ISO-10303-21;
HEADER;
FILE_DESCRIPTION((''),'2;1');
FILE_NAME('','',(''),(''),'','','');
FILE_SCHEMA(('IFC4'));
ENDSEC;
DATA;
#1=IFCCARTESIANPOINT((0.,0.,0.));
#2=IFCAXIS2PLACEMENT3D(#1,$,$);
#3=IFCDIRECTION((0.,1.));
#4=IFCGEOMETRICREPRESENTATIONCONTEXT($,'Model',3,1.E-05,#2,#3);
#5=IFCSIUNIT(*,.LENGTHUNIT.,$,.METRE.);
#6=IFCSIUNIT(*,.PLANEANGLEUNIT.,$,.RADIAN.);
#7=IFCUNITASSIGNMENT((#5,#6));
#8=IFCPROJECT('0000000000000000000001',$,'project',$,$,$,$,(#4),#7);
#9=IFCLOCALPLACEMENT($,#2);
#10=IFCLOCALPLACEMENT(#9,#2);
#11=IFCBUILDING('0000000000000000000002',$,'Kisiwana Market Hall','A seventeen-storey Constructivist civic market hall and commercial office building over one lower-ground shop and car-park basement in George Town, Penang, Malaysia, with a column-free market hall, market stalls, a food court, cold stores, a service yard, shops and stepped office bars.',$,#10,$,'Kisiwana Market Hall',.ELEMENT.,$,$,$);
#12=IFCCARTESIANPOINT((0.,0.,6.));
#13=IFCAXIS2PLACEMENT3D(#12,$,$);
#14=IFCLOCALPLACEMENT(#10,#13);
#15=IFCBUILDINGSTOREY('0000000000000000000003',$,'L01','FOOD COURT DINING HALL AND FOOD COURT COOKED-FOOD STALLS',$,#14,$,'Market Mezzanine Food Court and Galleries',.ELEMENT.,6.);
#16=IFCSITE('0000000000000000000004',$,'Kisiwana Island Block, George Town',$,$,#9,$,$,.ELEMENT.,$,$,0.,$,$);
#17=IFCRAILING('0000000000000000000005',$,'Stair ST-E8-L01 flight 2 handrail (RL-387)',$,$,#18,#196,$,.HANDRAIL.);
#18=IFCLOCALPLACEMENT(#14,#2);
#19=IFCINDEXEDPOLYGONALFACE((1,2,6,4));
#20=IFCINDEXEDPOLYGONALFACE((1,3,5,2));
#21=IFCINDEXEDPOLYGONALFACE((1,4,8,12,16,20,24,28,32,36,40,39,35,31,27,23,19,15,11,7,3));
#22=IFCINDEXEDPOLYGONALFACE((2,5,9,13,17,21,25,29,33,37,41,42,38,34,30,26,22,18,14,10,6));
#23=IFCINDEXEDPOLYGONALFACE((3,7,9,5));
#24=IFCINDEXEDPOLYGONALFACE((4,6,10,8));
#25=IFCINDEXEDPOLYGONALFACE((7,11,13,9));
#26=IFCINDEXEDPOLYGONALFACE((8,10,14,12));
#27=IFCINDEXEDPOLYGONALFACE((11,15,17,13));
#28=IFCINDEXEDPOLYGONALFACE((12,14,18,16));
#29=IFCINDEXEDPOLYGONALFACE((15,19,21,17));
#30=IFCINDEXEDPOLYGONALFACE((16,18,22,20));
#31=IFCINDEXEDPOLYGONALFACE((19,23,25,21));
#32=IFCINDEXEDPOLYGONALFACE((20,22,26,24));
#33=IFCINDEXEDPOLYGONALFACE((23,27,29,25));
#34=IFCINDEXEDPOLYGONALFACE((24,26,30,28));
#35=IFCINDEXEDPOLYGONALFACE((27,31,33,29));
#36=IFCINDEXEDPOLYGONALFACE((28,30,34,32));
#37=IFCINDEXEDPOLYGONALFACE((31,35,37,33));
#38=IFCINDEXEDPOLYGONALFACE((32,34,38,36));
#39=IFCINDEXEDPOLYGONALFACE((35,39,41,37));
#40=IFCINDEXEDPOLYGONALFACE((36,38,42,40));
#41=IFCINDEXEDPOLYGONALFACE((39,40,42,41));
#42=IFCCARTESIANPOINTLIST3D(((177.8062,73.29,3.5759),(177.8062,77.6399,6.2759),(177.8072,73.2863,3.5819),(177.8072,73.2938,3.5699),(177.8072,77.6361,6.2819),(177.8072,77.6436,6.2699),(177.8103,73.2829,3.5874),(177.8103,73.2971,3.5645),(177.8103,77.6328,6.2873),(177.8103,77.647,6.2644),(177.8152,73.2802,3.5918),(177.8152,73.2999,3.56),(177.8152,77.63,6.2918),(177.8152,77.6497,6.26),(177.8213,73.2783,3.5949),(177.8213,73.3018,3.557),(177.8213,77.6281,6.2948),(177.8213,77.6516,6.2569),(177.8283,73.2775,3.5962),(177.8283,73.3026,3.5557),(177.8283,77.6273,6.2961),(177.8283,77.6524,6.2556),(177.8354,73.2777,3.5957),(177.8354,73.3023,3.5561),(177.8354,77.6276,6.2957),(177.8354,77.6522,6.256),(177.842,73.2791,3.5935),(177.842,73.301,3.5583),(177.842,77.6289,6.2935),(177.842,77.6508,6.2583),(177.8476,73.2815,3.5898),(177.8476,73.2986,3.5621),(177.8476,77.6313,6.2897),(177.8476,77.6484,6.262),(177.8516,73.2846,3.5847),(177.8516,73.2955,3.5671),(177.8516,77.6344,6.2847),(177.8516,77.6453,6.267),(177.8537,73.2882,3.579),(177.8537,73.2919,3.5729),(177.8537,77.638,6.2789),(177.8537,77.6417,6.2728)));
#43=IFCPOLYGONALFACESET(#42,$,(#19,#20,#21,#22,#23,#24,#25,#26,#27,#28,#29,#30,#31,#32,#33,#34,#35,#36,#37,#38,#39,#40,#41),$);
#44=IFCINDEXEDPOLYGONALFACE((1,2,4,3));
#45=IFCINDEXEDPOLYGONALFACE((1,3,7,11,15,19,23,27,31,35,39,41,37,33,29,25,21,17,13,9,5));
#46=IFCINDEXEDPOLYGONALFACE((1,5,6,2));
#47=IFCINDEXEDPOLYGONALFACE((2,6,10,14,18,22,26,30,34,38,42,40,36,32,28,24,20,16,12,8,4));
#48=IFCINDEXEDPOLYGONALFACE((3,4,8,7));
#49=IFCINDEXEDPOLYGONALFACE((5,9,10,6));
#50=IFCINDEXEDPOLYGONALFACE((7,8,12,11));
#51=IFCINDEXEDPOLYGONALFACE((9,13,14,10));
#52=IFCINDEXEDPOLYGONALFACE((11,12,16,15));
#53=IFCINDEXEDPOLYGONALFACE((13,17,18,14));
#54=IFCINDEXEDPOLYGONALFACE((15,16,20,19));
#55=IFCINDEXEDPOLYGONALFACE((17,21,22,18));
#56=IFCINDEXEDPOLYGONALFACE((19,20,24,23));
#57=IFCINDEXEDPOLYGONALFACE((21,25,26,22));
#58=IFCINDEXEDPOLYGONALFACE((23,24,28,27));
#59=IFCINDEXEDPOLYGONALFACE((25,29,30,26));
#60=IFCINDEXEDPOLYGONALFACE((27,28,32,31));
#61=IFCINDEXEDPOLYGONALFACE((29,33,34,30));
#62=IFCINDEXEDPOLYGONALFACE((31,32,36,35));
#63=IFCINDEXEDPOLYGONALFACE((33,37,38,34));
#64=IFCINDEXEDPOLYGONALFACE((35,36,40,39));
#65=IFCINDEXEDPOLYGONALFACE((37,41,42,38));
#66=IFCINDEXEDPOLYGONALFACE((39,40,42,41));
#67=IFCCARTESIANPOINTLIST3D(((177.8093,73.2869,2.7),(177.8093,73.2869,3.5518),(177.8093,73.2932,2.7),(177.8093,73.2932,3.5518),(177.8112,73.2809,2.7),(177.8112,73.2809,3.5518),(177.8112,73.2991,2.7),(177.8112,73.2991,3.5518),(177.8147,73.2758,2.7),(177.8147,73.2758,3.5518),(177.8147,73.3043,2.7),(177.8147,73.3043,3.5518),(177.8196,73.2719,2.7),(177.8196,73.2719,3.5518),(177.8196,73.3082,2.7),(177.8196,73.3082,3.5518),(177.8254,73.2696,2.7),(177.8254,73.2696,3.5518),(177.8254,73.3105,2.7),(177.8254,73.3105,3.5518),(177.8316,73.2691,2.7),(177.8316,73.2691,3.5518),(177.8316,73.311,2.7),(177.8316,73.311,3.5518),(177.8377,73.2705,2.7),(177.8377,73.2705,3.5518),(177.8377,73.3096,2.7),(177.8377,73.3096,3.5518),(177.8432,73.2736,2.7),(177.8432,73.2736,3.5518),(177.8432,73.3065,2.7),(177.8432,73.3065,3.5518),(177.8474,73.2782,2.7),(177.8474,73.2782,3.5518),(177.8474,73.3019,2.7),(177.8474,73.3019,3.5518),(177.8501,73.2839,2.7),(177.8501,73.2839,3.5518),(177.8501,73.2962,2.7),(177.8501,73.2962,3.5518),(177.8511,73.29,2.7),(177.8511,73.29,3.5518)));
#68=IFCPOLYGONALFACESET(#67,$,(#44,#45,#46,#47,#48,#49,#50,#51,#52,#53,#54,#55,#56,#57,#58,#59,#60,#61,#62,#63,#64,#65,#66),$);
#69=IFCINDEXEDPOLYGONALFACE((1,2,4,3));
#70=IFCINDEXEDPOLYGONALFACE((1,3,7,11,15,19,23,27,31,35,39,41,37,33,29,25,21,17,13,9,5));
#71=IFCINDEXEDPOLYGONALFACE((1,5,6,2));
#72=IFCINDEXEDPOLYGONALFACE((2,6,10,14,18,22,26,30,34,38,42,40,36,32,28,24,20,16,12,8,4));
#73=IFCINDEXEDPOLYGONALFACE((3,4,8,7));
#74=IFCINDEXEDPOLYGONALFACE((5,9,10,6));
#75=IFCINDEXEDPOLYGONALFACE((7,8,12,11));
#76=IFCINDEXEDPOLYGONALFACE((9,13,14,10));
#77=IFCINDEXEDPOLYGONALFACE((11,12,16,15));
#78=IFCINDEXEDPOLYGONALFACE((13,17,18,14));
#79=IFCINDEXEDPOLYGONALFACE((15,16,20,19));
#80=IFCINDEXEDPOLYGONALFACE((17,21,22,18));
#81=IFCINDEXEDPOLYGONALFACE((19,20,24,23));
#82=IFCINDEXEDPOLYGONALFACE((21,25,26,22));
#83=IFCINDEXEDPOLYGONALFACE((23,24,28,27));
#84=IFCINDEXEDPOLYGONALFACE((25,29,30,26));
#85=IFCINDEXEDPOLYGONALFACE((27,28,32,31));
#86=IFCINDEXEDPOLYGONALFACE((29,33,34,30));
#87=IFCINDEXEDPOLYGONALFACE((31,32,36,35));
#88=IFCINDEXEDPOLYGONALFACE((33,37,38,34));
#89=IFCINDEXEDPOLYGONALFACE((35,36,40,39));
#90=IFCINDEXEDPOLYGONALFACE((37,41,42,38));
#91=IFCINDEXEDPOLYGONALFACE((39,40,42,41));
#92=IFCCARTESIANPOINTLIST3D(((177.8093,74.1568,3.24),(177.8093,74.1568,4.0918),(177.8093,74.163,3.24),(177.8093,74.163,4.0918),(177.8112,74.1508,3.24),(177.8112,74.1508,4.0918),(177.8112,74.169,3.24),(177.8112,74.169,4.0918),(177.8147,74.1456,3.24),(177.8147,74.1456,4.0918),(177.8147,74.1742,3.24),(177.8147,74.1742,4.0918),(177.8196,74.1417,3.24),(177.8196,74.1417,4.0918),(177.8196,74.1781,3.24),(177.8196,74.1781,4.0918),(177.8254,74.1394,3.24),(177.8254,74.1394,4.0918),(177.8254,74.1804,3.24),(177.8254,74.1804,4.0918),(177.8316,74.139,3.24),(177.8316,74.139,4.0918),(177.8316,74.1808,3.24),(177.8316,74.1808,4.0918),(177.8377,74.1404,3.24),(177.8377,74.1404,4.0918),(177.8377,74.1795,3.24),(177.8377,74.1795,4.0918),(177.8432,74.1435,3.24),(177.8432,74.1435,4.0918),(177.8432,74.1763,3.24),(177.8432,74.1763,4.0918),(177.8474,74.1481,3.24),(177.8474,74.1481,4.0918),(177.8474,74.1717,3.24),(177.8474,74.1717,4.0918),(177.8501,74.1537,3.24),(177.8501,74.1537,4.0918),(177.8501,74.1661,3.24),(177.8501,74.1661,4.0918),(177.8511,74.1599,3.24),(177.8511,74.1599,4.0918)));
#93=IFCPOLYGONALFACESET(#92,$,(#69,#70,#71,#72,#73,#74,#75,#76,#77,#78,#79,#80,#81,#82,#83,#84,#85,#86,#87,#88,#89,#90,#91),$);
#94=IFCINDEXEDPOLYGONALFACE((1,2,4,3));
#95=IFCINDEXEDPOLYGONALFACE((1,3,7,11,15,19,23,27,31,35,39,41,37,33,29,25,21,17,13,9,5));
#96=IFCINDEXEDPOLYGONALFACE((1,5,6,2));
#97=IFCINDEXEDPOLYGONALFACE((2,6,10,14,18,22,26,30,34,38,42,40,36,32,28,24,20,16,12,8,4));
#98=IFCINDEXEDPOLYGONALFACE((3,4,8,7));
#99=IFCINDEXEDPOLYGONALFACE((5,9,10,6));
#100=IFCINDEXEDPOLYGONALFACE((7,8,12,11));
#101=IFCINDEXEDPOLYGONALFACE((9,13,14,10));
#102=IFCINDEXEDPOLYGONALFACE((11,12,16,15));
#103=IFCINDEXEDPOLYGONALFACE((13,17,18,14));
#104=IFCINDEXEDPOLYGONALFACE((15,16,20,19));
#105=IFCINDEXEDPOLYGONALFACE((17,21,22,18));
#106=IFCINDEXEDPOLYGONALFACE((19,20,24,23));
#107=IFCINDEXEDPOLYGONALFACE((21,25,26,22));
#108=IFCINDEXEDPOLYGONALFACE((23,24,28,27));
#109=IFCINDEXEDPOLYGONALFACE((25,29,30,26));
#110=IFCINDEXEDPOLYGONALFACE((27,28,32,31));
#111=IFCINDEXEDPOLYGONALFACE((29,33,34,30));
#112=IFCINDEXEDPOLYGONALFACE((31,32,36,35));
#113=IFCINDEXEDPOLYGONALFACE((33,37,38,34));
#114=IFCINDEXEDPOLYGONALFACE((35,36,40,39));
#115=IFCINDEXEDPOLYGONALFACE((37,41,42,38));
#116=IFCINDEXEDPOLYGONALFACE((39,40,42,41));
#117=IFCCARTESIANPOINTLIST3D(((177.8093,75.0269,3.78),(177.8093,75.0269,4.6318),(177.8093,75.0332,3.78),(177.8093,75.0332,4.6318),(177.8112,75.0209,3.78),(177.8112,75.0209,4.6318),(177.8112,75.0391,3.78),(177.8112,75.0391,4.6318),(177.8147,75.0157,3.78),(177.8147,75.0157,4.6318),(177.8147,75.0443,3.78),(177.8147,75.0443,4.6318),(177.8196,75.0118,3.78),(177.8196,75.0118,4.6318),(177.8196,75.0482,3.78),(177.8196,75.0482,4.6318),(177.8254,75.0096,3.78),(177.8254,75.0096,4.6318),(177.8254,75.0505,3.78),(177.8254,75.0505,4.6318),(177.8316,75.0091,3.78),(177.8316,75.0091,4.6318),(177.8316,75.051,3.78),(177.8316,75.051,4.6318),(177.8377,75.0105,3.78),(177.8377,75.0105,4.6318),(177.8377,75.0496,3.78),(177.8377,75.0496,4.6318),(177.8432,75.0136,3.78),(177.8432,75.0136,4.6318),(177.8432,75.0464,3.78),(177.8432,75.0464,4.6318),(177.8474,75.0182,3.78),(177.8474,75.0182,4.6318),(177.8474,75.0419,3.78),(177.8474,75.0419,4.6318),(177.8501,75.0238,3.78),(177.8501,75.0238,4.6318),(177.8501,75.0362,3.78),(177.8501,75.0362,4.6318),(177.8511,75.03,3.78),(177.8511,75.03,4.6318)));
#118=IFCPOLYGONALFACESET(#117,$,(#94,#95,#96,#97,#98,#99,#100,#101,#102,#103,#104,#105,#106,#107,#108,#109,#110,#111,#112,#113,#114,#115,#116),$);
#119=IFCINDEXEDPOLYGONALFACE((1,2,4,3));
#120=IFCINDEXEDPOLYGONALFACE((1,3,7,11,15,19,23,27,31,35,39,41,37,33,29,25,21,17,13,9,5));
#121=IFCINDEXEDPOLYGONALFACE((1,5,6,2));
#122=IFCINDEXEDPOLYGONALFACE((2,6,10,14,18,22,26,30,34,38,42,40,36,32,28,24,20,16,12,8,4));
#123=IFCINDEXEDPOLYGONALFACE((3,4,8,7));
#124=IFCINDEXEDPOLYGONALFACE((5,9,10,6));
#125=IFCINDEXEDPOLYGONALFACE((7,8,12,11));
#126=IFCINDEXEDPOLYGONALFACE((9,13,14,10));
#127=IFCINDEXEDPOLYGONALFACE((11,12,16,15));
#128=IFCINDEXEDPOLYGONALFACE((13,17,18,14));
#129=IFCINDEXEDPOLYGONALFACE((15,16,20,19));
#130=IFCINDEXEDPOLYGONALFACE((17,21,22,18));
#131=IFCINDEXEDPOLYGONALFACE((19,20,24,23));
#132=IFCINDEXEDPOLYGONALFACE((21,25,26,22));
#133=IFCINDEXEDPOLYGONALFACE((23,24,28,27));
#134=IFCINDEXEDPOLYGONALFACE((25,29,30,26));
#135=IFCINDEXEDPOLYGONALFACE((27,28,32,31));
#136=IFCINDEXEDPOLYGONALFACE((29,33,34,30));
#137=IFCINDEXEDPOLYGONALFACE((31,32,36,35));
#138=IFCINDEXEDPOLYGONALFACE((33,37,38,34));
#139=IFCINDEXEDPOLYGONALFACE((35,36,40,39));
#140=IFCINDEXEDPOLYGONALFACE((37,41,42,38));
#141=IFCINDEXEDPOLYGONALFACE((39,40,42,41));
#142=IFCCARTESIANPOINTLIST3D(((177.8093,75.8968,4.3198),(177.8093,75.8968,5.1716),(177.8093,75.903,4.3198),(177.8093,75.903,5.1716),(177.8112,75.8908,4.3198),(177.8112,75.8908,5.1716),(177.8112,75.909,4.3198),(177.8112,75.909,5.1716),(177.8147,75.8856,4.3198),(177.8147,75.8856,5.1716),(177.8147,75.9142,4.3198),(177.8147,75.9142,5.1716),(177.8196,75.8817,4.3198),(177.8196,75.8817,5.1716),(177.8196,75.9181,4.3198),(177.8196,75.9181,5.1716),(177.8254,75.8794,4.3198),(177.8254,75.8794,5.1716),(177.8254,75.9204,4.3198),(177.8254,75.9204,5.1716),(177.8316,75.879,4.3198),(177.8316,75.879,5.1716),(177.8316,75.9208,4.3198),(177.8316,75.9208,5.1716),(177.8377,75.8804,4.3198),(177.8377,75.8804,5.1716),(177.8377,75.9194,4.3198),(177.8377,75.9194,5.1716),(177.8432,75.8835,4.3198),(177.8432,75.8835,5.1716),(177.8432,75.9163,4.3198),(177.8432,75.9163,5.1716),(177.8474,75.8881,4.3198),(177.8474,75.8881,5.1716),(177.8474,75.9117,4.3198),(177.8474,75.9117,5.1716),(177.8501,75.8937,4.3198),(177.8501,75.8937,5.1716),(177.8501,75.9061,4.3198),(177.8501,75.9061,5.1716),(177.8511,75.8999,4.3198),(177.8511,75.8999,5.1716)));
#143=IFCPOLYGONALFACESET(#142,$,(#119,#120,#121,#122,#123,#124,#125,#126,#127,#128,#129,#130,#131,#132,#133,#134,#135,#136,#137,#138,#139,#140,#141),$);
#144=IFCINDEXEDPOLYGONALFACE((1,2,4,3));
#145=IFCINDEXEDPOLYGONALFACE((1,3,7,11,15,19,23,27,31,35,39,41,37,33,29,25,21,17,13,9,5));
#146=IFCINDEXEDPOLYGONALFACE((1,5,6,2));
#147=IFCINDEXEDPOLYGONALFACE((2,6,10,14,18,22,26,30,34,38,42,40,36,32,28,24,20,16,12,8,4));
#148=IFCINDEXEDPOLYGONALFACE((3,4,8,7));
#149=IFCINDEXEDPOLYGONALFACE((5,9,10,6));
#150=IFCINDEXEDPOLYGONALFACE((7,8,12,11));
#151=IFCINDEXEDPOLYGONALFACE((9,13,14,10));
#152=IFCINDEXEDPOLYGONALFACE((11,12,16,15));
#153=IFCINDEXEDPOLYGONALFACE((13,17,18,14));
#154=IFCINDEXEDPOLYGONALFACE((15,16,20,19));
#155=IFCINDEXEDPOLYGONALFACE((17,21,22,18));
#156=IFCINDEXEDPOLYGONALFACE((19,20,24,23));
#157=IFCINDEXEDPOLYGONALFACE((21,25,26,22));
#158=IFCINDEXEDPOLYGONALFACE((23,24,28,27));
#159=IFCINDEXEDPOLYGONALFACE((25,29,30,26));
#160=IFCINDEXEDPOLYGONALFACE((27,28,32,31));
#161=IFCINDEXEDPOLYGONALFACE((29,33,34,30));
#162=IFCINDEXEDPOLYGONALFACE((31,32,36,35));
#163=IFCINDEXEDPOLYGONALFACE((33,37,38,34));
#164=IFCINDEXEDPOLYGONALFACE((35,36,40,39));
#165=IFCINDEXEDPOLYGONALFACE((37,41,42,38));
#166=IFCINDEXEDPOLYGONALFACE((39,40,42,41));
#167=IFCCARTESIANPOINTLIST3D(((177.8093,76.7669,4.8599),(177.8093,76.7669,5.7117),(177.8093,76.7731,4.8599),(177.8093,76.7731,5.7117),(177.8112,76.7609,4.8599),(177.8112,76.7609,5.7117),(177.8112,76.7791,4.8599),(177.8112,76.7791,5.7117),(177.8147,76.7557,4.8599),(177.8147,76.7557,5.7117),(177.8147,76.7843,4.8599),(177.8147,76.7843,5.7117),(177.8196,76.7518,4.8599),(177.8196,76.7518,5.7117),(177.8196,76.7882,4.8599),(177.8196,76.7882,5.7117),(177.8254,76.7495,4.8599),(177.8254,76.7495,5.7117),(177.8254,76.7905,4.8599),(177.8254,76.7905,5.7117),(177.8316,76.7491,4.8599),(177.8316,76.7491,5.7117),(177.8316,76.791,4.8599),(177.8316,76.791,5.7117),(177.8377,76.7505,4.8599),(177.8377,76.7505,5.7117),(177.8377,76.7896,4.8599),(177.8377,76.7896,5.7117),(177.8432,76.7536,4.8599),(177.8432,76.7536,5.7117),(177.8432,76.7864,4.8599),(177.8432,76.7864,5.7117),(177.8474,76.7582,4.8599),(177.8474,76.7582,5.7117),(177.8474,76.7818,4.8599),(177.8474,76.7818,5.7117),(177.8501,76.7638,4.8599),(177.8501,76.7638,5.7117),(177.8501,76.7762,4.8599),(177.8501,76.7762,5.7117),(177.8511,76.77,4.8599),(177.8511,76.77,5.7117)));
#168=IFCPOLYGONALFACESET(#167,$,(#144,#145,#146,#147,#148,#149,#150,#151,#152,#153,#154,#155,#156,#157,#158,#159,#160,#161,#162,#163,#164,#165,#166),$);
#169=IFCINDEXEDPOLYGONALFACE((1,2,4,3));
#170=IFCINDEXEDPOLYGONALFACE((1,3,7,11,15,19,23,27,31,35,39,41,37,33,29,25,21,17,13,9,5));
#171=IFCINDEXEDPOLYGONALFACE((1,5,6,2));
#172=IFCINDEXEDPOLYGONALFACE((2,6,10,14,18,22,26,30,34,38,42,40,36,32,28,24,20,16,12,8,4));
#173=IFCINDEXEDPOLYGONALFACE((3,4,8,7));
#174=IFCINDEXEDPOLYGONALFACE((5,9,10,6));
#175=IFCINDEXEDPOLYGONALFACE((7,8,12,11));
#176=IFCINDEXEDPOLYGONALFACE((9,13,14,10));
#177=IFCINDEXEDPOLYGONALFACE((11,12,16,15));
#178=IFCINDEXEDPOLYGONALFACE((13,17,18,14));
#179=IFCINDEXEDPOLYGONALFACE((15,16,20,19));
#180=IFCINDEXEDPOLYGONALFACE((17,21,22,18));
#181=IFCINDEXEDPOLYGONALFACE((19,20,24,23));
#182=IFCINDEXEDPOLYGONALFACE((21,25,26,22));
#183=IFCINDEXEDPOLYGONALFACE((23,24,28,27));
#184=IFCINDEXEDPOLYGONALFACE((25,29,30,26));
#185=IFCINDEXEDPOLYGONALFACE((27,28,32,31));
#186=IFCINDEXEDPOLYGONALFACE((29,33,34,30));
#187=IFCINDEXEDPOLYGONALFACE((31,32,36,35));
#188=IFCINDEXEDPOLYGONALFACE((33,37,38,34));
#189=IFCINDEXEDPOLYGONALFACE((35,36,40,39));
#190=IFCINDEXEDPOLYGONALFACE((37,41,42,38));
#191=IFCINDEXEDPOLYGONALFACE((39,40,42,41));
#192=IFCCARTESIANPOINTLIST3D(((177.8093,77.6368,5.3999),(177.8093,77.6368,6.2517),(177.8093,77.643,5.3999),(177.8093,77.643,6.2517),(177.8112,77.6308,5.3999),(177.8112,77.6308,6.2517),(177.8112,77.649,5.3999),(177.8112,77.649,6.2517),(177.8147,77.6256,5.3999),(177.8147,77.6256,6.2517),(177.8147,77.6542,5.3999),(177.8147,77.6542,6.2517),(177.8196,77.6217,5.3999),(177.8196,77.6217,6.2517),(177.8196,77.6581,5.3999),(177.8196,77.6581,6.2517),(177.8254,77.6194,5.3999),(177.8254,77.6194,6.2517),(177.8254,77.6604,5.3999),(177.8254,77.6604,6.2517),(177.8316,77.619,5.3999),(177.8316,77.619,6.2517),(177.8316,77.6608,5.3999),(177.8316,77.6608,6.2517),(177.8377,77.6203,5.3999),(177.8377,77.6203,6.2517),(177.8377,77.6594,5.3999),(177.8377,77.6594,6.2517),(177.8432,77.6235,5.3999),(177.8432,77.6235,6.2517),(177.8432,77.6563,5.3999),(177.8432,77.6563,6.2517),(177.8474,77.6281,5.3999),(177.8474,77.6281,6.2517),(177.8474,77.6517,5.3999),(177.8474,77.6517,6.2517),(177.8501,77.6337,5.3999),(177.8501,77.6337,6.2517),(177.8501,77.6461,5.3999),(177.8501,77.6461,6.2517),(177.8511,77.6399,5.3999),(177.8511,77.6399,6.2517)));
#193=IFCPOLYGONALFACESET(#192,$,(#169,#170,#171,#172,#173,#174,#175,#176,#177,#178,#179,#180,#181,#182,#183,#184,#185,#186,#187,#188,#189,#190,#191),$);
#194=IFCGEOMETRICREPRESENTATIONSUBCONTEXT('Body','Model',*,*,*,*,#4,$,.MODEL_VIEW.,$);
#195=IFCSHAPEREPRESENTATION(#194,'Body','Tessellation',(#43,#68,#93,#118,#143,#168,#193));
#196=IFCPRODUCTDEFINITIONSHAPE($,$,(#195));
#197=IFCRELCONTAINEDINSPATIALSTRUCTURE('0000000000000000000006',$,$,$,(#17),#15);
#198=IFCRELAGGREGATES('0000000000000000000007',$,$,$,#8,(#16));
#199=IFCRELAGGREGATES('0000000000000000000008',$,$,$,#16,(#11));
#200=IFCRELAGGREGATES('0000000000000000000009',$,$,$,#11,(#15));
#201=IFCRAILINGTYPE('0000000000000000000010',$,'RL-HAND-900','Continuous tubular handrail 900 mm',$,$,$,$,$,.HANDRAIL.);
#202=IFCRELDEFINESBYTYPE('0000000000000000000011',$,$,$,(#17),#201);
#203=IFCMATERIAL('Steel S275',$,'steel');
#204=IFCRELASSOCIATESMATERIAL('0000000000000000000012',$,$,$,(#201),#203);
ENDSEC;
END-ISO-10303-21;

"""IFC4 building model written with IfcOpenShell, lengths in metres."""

from ifc_helpers import new_model, si_unit, direction, frame, origin, origin_2d, place, context, subcontext, project, spatial, circle, extrude, material, type_object, element, save


model = new_model("IFC4")

# Units and contexts
model_context = context("Model", 3, precision=1e-05, world=origin(), true_north=direction((0.0, 1.0)))
body_context = subcontext(model_context, "Body", "Model", "MODEL_VIEW")
ifc_project = project(units=[si_unit("LENGTHUNIT", "METRE"), si_unit("PLANEANGLEUNIT", "RADIAN")], contexts=[model_context])

# Site, building, storey
site_placement = place(None, origin())
site = spatial("IfcSite", under=ifc_project, at=site_placement, Name="Kisiwana Island Block, George Town", CompositionType="ELEMENT", RefElevation=0.0)
building_placement = place(site_placement, origin())
building = spatial("IfcBuilding", under=site, at=building_placement, Name="Kisiwana Market Hall", Description="A seventeen-storey Constructivist civic market hall and commercial office building over one lower-ground shop and car-park basement in George Town, Penang, Malaysia, with a column-free market hall, market stalls, a food court, cold stores, a service yard, shops and stepped office bars.", LongName="Kisiwana Market Hall", CompositionType="ELEMENT")
storey_placement = place(building_placement, frame((0.0, 0.0, 6.0)))
storey = spatial("IfcBuildingStorey", under=building, at=storey_placement, Name="L01", Description="FOOD COURT DINING HALL AND FOOD COURT COOKED-FOOD STALLS", LongName="Market Mezzanine Food Court and Galleries", CompositionType="ELEMENT", Elevation=6.0)

# Railing
ifc_material_1 = material(Name="Steel S275", Category="steel")
railing_type_1 = type_object("IfcRailingType", Name="RL-HAND-900", Description="Continuous tubular handrail 900 mm", PredefinedType="HANDRAIL", material=ifc_material_1)
railing_1_placement = place(storey_placement, frame((177.8301, 73.29, 2.7)))
element("IfcRailing", 1, at=railing_1_placement, inside=storey, type_object=railing_type_1, Name="Stair ST-E8-L01 flight 2 handrail (RL-387)", PredefinedType="HANDRAIL", context=body_context, shape_type="SweptSolid", body=[
    extrude(circle(Radius=0.0239, at=origin_2d()), frame((0.0, 0.0, 0.876), z_axis=(0.0, 0.849636, 0.527369), x_axis=(-1.0, 0.0, 0.0)), (0.0, 0.0, 1.0), 5.1196),
    extrude(circle(Radius=0.021, at=origin_2d()), origin(), (0.0, 0.0, 1.0), 0.8518),
    extrude(circle(Radius=0.021, at=origin_2d()), frame((0.0, 0.8699, 0.54)), (0.0, 0.0, 1.0), 0.8518),
    extrude(circle(Radius=0.021, at=origin_2d()), frame((0.0, 1.74, 1.0801)), (0.0, 0.0, 1.0), 0.8518),
    extrude(circle(Radius=0.021, at=origin_2d()), frame((0.0, 2.6099, 1.6199)), (0.0, 0.0, 1.0), 0.8518),
    extrude(circle(Radius=0.021, at=origin_2d()), frame((0.0, 3.48, 2.1599)), (0.0, 0.0, 1.0), 0.8518),
    extrude(circle(Radius=0.021, at=origin_2d()), frame((0.0, 4.3499, 2.7)), (0.0, 0.0, 1.0), 0.8518),
])

save(model, "model.ifc")
